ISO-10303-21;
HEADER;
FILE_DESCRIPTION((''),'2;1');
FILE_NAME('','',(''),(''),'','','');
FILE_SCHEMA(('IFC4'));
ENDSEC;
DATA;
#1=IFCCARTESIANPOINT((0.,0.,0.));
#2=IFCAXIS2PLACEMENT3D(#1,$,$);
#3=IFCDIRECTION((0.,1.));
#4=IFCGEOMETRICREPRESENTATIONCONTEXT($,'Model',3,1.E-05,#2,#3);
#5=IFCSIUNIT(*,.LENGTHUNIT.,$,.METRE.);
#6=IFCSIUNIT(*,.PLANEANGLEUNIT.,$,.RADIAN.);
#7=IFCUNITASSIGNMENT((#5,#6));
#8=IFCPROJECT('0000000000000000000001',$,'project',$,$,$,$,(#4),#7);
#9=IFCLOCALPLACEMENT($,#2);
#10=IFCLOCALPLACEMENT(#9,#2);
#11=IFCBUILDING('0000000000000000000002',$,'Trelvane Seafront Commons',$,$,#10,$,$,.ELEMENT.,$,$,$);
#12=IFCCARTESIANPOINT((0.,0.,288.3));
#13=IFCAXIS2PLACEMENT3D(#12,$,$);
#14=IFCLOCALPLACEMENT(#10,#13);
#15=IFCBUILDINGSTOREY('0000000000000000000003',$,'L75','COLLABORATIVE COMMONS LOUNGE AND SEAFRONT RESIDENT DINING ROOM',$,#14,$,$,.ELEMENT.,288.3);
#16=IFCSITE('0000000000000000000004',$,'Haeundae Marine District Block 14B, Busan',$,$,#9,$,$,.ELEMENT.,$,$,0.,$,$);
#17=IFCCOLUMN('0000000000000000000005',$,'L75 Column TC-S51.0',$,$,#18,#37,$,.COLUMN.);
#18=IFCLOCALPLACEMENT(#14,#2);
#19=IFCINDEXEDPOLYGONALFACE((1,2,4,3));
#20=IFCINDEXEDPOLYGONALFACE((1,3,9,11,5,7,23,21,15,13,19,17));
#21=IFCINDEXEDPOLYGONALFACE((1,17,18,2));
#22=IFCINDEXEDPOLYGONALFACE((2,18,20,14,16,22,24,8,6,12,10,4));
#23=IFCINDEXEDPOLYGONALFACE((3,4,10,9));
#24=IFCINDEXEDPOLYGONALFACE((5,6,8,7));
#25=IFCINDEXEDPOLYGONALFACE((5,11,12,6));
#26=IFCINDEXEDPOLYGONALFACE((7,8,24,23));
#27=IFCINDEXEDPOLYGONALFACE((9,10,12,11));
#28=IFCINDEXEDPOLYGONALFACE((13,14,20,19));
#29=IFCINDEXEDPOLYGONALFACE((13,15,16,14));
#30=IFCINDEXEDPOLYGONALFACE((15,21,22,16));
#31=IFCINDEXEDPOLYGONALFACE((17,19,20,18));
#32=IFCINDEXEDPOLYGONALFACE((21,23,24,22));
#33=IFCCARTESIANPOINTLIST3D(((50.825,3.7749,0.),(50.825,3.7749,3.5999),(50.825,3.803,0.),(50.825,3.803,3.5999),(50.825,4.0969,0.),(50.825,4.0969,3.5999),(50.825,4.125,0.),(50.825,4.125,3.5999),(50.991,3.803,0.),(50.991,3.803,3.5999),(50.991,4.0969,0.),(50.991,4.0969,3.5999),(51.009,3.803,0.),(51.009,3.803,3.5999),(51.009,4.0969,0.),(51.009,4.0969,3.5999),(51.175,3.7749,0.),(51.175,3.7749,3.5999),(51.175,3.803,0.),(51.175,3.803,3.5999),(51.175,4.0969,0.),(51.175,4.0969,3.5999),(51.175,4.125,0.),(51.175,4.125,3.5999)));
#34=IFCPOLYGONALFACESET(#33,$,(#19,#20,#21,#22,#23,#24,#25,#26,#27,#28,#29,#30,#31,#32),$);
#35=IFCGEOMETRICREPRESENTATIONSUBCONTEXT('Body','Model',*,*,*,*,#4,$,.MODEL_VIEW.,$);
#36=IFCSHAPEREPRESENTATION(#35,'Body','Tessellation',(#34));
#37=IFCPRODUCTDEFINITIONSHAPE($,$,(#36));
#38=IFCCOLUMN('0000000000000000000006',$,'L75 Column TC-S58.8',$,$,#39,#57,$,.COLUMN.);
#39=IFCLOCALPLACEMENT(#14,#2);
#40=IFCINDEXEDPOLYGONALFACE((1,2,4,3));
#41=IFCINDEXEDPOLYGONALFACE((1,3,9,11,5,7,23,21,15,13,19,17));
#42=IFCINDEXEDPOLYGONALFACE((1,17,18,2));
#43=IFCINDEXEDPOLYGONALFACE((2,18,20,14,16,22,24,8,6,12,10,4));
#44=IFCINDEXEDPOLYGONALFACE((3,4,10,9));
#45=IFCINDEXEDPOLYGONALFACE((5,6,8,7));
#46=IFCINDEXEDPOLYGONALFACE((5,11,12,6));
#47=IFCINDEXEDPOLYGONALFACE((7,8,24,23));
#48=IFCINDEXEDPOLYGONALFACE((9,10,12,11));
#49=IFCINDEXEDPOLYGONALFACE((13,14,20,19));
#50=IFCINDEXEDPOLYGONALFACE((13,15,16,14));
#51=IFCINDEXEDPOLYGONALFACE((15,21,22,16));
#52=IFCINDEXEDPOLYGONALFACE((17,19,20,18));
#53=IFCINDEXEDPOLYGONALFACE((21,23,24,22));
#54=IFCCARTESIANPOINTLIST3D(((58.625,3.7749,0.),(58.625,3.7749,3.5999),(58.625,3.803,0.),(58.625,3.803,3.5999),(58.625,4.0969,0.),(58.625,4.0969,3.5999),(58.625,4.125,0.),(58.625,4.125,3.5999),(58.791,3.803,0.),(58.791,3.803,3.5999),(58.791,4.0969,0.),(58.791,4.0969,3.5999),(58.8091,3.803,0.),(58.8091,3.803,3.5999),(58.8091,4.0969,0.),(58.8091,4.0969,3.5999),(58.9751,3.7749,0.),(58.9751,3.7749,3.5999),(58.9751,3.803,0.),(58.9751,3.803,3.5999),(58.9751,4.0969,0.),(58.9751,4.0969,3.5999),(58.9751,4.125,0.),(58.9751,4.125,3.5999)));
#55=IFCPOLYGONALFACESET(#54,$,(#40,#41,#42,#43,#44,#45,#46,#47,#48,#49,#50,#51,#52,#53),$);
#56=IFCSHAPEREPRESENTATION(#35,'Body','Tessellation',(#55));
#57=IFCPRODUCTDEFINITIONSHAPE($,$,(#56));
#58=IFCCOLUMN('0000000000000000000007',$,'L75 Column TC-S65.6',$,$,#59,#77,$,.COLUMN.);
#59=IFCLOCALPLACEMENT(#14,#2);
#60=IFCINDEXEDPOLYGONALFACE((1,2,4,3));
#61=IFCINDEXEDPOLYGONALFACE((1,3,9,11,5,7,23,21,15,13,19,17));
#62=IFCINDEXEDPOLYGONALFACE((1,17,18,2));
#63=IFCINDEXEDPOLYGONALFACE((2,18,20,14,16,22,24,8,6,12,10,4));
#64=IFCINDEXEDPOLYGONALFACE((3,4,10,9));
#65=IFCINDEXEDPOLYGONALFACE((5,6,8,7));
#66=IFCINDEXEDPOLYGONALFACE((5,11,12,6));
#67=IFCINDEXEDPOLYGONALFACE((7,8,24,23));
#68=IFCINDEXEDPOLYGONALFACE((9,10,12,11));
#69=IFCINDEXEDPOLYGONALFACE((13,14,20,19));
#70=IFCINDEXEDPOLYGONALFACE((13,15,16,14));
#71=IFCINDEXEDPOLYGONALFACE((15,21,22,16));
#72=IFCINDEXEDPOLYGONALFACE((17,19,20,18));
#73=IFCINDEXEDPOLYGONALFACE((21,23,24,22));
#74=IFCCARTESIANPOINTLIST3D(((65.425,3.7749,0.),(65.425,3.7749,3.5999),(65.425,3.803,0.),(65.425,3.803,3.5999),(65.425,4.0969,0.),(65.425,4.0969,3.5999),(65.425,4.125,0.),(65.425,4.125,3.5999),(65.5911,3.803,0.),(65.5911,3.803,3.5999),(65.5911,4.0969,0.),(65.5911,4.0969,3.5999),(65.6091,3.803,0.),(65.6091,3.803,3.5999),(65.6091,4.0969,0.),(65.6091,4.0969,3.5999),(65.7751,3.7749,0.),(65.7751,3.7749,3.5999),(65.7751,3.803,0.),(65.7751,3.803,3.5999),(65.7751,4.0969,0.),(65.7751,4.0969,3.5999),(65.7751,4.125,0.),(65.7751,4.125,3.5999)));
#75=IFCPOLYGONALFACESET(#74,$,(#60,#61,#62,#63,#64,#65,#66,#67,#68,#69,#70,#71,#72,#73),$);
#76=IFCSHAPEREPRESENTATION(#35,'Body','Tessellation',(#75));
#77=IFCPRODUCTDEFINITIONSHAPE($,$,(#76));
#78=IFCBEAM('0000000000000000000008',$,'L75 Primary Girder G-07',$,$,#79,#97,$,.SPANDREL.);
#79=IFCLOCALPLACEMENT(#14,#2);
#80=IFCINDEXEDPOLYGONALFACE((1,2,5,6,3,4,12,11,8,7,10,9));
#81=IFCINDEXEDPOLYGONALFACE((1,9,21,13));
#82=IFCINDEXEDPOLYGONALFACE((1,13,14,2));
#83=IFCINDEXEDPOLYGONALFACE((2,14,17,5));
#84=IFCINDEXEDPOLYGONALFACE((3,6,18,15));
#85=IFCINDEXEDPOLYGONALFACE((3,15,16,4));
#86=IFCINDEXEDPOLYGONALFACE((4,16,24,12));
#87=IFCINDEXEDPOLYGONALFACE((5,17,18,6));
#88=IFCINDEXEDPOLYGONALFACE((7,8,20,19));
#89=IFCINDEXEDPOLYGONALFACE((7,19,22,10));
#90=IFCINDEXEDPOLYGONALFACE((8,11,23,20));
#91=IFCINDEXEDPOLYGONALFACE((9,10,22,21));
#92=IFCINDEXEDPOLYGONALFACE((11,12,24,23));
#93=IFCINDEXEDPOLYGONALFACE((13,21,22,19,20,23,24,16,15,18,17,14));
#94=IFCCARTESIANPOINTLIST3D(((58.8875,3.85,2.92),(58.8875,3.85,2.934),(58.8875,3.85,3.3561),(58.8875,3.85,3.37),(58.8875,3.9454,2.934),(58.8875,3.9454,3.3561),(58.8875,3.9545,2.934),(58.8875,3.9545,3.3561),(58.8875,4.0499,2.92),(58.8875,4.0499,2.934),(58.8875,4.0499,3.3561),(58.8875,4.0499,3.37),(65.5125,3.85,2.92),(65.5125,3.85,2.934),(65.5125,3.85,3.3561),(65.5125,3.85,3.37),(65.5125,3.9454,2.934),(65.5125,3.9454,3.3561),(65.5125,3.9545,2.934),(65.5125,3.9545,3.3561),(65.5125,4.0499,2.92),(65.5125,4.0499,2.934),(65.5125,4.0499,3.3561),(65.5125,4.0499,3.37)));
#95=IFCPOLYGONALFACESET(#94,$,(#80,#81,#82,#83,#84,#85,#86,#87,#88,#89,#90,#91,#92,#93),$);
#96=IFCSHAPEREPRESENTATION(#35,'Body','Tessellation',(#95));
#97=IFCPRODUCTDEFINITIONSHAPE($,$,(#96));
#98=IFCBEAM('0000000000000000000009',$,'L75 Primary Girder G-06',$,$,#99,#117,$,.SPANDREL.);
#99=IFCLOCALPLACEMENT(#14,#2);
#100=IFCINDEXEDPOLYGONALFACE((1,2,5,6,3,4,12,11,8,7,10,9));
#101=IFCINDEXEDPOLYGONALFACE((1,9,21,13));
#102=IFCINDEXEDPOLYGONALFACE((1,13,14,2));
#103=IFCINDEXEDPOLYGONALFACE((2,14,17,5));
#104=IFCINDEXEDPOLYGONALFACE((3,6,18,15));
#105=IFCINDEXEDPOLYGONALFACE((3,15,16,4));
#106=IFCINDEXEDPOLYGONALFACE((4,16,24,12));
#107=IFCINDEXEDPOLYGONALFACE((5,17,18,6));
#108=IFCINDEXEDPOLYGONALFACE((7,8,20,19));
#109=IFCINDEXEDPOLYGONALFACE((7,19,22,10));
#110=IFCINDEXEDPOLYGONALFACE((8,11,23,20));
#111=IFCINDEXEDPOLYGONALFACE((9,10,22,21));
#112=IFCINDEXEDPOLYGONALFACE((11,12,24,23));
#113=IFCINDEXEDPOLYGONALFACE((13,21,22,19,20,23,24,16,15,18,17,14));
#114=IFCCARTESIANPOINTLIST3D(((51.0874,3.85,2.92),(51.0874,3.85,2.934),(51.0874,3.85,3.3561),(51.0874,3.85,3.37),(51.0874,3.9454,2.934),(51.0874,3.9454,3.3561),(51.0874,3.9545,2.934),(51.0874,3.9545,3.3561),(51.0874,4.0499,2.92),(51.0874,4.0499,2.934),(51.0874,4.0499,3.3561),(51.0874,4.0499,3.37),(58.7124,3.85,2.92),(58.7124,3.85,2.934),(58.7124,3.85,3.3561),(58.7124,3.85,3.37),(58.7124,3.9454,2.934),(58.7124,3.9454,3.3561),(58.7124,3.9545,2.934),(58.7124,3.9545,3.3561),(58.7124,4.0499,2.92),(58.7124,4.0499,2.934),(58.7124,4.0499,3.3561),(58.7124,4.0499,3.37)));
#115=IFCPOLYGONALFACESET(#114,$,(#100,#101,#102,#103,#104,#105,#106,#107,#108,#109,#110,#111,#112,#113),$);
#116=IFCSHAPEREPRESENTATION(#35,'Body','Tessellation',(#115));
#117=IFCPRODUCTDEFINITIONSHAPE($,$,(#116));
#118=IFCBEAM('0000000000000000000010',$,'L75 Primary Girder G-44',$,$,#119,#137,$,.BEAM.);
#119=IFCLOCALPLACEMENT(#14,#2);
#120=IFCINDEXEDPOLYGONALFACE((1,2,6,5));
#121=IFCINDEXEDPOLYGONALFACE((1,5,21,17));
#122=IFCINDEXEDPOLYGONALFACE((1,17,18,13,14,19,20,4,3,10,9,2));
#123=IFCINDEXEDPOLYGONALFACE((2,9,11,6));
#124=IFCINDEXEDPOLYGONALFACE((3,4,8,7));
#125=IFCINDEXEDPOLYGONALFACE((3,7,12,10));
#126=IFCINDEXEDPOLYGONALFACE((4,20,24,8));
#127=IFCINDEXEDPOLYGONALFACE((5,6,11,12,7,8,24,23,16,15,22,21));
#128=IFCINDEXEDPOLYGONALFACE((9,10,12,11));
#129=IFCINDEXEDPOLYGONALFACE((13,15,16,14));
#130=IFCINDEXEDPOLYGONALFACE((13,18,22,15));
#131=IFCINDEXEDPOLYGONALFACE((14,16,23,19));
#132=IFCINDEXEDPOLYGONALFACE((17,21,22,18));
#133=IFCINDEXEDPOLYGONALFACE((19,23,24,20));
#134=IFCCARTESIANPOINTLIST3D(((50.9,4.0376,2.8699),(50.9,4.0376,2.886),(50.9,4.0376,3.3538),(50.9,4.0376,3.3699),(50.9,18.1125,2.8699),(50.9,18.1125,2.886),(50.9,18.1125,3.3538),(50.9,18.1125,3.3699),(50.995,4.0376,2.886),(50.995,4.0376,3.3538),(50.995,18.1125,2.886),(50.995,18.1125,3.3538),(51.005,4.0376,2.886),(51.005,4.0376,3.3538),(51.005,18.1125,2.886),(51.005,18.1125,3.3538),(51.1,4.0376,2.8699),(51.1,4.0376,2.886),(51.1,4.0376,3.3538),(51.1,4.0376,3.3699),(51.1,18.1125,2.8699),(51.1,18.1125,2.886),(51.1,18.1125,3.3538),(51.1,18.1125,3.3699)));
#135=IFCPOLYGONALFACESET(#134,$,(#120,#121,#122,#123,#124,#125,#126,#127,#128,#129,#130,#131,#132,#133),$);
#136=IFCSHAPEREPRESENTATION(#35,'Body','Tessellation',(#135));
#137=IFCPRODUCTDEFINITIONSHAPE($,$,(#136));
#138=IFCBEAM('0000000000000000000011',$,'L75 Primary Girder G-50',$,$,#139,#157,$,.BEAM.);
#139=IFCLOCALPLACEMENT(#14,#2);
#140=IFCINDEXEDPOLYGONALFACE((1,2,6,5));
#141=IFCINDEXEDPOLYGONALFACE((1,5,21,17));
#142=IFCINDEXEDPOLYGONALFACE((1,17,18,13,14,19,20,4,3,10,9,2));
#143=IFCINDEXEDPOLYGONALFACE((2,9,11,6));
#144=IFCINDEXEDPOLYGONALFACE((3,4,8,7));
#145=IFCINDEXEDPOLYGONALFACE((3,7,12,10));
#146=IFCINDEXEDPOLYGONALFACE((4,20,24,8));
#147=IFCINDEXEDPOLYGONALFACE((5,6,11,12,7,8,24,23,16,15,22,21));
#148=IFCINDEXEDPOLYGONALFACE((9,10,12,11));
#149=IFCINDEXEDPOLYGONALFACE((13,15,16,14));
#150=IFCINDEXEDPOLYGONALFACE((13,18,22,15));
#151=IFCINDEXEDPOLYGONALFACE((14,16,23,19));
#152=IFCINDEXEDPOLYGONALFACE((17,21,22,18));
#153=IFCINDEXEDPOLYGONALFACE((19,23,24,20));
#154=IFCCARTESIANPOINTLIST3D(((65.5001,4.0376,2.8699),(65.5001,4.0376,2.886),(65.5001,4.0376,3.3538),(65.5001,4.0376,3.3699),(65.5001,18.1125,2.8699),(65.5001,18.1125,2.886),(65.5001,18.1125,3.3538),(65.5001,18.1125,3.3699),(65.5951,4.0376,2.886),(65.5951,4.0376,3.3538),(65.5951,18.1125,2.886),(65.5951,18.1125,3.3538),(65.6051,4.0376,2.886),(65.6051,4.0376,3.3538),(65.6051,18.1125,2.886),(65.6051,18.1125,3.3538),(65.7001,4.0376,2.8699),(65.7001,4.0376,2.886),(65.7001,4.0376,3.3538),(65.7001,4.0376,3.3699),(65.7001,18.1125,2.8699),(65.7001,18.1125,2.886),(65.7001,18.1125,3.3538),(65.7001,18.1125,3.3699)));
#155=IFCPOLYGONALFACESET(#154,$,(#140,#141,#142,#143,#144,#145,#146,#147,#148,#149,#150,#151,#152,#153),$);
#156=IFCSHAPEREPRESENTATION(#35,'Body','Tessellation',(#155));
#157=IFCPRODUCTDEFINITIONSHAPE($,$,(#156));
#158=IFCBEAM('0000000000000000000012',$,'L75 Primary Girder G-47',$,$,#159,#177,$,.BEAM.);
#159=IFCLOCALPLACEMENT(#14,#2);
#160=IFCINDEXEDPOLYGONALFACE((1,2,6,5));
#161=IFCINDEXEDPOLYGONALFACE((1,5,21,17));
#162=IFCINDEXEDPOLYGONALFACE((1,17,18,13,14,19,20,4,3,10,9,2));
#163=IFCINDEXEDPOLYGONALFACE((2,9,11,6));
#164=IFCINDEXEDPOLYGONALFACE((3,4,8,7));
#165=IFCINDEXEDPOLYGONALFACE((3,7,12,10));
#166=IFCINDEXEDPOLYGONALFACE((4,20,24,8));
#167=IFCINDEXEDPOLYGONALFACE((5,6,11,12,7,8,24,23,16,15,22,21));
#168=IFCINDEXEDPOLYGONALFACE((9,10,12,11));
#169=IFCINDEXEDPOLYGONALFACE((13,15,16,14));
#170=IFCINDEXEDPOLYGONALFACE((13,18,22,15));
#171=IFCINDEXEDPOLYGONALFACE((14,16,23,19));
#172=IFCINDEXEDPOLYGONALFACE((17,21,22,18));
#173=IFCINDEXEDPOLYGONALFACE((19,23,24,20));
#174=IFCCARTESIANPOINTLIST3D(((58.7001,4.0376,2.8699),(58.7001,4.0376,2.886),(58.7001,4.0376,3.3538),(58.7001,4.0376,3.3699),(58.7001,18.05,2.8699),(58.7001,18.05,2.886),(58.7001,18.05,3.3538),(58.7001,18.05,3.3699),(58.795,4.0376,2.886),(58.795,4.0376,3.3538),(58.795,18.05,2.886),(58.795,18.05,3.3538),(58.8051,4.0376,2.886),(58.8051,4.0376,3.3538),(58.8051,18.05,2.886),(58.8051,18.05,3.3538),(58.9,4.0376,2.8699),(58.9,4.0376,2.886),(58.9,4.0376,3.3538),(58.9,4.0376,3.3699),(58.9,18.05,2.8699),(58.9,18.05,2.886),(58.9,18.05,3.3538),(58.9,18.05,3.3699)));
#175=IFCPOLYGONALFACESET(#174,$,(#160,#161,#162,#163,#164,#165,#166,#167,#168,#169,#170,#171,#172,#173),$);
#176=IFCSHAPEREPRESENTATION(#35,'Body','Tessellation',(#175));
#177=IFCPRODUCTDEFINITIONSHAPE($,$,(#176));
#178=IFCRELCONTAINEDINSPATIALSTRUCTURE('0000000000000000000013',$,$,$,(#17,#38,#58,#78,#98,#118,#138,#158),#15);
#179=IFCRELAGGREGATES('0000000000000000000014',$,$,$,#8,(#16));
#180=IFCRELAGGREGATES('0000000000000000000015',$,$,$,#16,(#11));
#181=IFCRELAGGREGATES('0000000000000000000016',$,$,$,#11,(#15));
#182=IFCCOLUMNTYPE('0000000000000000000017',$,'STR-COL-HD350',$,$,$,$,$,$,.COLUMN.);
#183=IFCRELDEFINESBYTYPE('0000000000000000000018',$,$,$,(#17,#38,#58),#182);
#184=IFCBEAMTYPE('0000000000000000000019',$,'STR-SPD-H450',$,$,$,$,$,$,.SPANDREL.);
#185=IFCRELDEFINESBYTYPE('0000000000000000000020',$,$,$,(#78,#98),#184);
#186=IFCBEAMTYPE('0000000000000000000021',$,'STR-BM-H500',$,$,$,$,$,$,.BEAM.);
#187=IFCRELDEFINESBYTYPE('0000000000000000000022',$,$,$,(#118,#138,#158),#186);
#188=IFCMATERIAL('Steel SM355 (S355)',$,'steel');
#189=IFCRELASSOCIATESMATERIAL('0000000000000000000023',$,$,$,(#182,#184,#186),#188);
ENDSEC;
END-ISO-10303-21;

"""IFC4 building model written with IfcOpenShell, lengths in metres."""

from ifc_helpers import new_model, si_unit, direction, frame, origin, origin_2d, place, context, subcontext, project, spatial, i_section, extrude, source, transform, mapped, material, material_profile, profile_set, type_object, element, save


model = new_model("IFC4")

# Units and contexts
model_context = context("Model", 3, precision=1e-05, world=origin(), true_north=direction((0.0, 1.0)))
body_context = subcontext(model_context, "Body", "Model", "MODEL_VIEW")
ifc_project = project(units=[si_unit("LENGTHUNIT", "METRE"), si_unit("PLANEANGLEUNIT", "RADIAN")], contexts=[model_context])

# Site, building, storey
site_placement = place(None, origin())
site = spatial("IfcSite", under=ifc_project, at=site_placement, Name="Haeundae Marine District Block 14B, Busan", CompositionType="ELEMENT", RefElevation=0.0)
building_placement = place(site_placement, origin())
building = spatial("IfcBuilding", under=site, at=building_placement, Name="Trelvane Seafront Commons", CompositionType="ELEMENT")
storey_placement = place(building_placement, frame((0.0, 0.0, 288.3)))
storey = spatial("IfcBuildingStorey", under=building, at=storey_placement, Name="L75", Description="COLLABORATIVE COMMONS LOUNGE AND SEAFRONT RESIDENT DINING ROOM", CompositionType="ELEMENT", Elevation=288.3)

# Columns
ifc_material_1 = material(Name="Steel SM355 (S355)", Category="steel")
ifc_material_profile_1 = material_profile(ifc_material_1, i_section(OverallWidth=0.3501, OverallDepth=0.3501, WebThickness=0.0181, FlangeThickness=0.0281, at=origin_2d()), Name="HD-350x350x18x28")
ifc_profile_set_1 = profile_set([ifc_material_profile_1], Name="Steel SM355 (S355)")
column_type = type_object("IfcColumnType", Name="STR-COL-HD350", PredefinedType="COLUMN", material=ifc_profile_set_1)
shared_shape_1 = source(origin(), body_context, "Body", "SweptSolid", [
    extrude(i_section(OverallWidth=0.3501, OverallDepth=0.3501, WebThickness=0.0181, FlangeThickness=0.0281, at=origin_2d()), origin(), (0.0, 0.0, 1.0), 3.5999),
])
for number, where, z_axis, x_axis, name in (
    (1, (51.0, 3.95, 0.0), (0.0, 0.0, 1.0), (1.0, 0.0, 0.0), "L75 Column TC-S51.0"),
    (2, (58.8, 3.95, 0.0), (0.0, 0.0, 1.0), (1.0, 0.0, 0.0), "L75 Column TC-S58.8"),
    (3, (65.6001, 3.95, 0.0), (0.0, 0.0, 1.0), (1.0, 0.0, 0.0), "L75 Column TC-S65.6"),
):
    element("IfcColumn", number, at=place(storey_placement, frame(where, z_axis=z_axis, x_axis=x_axis)), inside=storey, type_object=column_type, Name=name, PredefinedType="COLUMN", context=body_context, shape_type="MappedRepresentation", body=[
        mapped(shared_shape_1, transform((0.0, 0.0, 0.0), x_axis=(1.0, 0.0, 0.0), y_axis=(0.0, 1.0, 0.0), z_axis=(0.0, 0.0, 1.0), scale=1.0)),
    ])

# Beams
ifc_material_profile_2 = material_profile(ifc_material_1, i_section(OverallWidth=0.2, OverallDepth=0.45, WebThickness=0.009, FlangeThickness=0.0139, at=origin_2d()), Name="H-450x200x9x14")
ifc_profile_set_2 = profile_set([ifc_material_profile_2], Name="Steel SM355 (S355)")
beam_type_1 = type_object("IfcBeamType", Name="STR-SPD-H450", PredefinedType="SPANDREL", material=ifc_profile_set_2)
shared_shape_2 = source(origin(), body_context, "Body", "SweptSolid", [
    extrude(i_section(OverallWidth=0.2, OverallDepth=0.45, WebThickness=0.009, FlangeThickness=0.0139, at=origin_2d()), origin(), (0.0, 0.0, 1.0), 6.625),
])
beam_1_placement = place(storey_placement, frame((58.8875, 3.95, 3.145), z_axis=(1.0, 0.0, 0.0), x_axis=(0.0, 1.0, 0.0)))
element("IfcBeam", 4, at=beam_1_placement, inside=storey, type_object=beam_type_1, Name="L75 Primary Girder G-07", PredefinedType="SPANDREL", context=body_context, shape_type="MappedRepresentation", body=[
    mapped(shared_shape_2, transform((0.0, 0.0, 0.0), x_axis=(1.0, 0.0, 0.0), y_axis=(0.0, 1.0, 0.0), z_axis=(0.0, 0.0, 1.0), scale=1.0)),
])
shared_shape_3 = source(origin(), body_context, "Body", "SweptSolid", [
    extrude(i_section(OverallWidth=0.2, OverallDepth=0.45, WebThickness=0.009, FlangeThickness=0.0139, at=origin_2d()), origin(), (0.0, 0.0, 1.0), 7.625),
])
beam_2_placement = place(storey_placement, frame((51.0874, 3.95, 3.145), z_axis=(1.0, 0.0, 0.0), x_axis=(0.0, 1.0, 0.0)))
element("IfcBeam", 5, at=beam_2_placement, inside=storey, type_object=beam_type_1, Name="L75 Primary Girder G-06", PredefinedType="SPANDREL", context=body_context, shape_type="MappedRepresentation", body=[
    mapped(shared_shape_3, transform((0.0, 0.0, 0.0), x_axis=(1.0, 0.0, 0.0), y_axis=(0.0, 1.0, 0.0), z_axis=(0.0, 0.0, 1.0), scale=1.0)),
])
ifc_material_profile_3 = material_profile(ifc_material_1, i_section(OverallWidth=0.2, OverallDepth=0.5, WebThickness=0.01, FlangeThickness=0.0161, at=origin_2d()), Name="H-500x200x10x16")
ifc_profile_set_3 = profile_set([ifc_material_profile_3], Name="Steel SM355 (S355)")
beam_type_2 = type_object("IfcBeamType", Name="STR-BM-H500", PredefinedType="BEAM", material=ifc_profile_set_3)
shared_shape_4 = source(origin(), body_context, "Body", "SweptSolid", [
    extrude(i_section(OverallWidth=0.2, OverallDepth=0.5, WebThickness=0.01, FlangeThickness=0.0161, at=origin_2d()), origin(), (0.0, 0.0, 1.0), 14.075),
])
for number, where, z_axis, x_axis, name in (
    (6, (51.0, 4.0376, 3.1199), (0.0, 1.0, 0.0), (-1.0, 0.0, 0.0), "L75 Primary Girder G-44"),
    (7, (65.6001, 4.0376, 3.1199), (0.0, 1.0, 0.0), (-1.0, 0.0, 0.0), "L75 Primary Girder G-50"),
):
    element("IfcBeam", number, at=place(storey_placement, frame(where, z_axis=z_axis, x_axis=x_axis)), inside=storey, type_object=beam_type_2, Name=name, PredefinedType="BEAM", context=body_context, shape_type="MappedRepresentation", body=[
        mapped(shared_shape_4, transform((0.0, 0.0, 0.0), x_axis=(1.0, 0.0, 0.0), y_axis=(0.0, 1.0, 0.0), z_axis=(0.0, 0.0, 1.0), scale=1.0)),
    ])
shared_shape_5 = source(origin(), body_context, "Body", "SweptSolid", [
    extrude(i_section(OverallWidth=0.2, OverallDepth=0.5, WebThickness=0.01, FlangeThickness=0.0161, at=origin_2d()), origin(), (0.0, 0.0, 1.0), 14.0125),
])
beam_3_placement = place(storey_placement, frame((58.8, 4.0376, 3.1199), z_axis=(0.0, 1.0, 0.0), x_axis=(-1.0, 0.0, 0.0)))
element("IfcBeam", 8, at=beam_3_placement, inside=storey, type_object=beam_type_2, Name="L75 Primary Girder G-47", PredefinedType="BEAM", context=body_context, shape_type="MappedRepresentation", body=[
    mapped(shared_shape_5, transform((0.0, 0.0, 0.0), x_axis=(1.0, 0.0, 0.0), y_axis=(0.0, 1.0, 0.0), z_axis=(0.0, 0.0, 1.0), scale=1.0)),
])

save(model, "model.ifc")
